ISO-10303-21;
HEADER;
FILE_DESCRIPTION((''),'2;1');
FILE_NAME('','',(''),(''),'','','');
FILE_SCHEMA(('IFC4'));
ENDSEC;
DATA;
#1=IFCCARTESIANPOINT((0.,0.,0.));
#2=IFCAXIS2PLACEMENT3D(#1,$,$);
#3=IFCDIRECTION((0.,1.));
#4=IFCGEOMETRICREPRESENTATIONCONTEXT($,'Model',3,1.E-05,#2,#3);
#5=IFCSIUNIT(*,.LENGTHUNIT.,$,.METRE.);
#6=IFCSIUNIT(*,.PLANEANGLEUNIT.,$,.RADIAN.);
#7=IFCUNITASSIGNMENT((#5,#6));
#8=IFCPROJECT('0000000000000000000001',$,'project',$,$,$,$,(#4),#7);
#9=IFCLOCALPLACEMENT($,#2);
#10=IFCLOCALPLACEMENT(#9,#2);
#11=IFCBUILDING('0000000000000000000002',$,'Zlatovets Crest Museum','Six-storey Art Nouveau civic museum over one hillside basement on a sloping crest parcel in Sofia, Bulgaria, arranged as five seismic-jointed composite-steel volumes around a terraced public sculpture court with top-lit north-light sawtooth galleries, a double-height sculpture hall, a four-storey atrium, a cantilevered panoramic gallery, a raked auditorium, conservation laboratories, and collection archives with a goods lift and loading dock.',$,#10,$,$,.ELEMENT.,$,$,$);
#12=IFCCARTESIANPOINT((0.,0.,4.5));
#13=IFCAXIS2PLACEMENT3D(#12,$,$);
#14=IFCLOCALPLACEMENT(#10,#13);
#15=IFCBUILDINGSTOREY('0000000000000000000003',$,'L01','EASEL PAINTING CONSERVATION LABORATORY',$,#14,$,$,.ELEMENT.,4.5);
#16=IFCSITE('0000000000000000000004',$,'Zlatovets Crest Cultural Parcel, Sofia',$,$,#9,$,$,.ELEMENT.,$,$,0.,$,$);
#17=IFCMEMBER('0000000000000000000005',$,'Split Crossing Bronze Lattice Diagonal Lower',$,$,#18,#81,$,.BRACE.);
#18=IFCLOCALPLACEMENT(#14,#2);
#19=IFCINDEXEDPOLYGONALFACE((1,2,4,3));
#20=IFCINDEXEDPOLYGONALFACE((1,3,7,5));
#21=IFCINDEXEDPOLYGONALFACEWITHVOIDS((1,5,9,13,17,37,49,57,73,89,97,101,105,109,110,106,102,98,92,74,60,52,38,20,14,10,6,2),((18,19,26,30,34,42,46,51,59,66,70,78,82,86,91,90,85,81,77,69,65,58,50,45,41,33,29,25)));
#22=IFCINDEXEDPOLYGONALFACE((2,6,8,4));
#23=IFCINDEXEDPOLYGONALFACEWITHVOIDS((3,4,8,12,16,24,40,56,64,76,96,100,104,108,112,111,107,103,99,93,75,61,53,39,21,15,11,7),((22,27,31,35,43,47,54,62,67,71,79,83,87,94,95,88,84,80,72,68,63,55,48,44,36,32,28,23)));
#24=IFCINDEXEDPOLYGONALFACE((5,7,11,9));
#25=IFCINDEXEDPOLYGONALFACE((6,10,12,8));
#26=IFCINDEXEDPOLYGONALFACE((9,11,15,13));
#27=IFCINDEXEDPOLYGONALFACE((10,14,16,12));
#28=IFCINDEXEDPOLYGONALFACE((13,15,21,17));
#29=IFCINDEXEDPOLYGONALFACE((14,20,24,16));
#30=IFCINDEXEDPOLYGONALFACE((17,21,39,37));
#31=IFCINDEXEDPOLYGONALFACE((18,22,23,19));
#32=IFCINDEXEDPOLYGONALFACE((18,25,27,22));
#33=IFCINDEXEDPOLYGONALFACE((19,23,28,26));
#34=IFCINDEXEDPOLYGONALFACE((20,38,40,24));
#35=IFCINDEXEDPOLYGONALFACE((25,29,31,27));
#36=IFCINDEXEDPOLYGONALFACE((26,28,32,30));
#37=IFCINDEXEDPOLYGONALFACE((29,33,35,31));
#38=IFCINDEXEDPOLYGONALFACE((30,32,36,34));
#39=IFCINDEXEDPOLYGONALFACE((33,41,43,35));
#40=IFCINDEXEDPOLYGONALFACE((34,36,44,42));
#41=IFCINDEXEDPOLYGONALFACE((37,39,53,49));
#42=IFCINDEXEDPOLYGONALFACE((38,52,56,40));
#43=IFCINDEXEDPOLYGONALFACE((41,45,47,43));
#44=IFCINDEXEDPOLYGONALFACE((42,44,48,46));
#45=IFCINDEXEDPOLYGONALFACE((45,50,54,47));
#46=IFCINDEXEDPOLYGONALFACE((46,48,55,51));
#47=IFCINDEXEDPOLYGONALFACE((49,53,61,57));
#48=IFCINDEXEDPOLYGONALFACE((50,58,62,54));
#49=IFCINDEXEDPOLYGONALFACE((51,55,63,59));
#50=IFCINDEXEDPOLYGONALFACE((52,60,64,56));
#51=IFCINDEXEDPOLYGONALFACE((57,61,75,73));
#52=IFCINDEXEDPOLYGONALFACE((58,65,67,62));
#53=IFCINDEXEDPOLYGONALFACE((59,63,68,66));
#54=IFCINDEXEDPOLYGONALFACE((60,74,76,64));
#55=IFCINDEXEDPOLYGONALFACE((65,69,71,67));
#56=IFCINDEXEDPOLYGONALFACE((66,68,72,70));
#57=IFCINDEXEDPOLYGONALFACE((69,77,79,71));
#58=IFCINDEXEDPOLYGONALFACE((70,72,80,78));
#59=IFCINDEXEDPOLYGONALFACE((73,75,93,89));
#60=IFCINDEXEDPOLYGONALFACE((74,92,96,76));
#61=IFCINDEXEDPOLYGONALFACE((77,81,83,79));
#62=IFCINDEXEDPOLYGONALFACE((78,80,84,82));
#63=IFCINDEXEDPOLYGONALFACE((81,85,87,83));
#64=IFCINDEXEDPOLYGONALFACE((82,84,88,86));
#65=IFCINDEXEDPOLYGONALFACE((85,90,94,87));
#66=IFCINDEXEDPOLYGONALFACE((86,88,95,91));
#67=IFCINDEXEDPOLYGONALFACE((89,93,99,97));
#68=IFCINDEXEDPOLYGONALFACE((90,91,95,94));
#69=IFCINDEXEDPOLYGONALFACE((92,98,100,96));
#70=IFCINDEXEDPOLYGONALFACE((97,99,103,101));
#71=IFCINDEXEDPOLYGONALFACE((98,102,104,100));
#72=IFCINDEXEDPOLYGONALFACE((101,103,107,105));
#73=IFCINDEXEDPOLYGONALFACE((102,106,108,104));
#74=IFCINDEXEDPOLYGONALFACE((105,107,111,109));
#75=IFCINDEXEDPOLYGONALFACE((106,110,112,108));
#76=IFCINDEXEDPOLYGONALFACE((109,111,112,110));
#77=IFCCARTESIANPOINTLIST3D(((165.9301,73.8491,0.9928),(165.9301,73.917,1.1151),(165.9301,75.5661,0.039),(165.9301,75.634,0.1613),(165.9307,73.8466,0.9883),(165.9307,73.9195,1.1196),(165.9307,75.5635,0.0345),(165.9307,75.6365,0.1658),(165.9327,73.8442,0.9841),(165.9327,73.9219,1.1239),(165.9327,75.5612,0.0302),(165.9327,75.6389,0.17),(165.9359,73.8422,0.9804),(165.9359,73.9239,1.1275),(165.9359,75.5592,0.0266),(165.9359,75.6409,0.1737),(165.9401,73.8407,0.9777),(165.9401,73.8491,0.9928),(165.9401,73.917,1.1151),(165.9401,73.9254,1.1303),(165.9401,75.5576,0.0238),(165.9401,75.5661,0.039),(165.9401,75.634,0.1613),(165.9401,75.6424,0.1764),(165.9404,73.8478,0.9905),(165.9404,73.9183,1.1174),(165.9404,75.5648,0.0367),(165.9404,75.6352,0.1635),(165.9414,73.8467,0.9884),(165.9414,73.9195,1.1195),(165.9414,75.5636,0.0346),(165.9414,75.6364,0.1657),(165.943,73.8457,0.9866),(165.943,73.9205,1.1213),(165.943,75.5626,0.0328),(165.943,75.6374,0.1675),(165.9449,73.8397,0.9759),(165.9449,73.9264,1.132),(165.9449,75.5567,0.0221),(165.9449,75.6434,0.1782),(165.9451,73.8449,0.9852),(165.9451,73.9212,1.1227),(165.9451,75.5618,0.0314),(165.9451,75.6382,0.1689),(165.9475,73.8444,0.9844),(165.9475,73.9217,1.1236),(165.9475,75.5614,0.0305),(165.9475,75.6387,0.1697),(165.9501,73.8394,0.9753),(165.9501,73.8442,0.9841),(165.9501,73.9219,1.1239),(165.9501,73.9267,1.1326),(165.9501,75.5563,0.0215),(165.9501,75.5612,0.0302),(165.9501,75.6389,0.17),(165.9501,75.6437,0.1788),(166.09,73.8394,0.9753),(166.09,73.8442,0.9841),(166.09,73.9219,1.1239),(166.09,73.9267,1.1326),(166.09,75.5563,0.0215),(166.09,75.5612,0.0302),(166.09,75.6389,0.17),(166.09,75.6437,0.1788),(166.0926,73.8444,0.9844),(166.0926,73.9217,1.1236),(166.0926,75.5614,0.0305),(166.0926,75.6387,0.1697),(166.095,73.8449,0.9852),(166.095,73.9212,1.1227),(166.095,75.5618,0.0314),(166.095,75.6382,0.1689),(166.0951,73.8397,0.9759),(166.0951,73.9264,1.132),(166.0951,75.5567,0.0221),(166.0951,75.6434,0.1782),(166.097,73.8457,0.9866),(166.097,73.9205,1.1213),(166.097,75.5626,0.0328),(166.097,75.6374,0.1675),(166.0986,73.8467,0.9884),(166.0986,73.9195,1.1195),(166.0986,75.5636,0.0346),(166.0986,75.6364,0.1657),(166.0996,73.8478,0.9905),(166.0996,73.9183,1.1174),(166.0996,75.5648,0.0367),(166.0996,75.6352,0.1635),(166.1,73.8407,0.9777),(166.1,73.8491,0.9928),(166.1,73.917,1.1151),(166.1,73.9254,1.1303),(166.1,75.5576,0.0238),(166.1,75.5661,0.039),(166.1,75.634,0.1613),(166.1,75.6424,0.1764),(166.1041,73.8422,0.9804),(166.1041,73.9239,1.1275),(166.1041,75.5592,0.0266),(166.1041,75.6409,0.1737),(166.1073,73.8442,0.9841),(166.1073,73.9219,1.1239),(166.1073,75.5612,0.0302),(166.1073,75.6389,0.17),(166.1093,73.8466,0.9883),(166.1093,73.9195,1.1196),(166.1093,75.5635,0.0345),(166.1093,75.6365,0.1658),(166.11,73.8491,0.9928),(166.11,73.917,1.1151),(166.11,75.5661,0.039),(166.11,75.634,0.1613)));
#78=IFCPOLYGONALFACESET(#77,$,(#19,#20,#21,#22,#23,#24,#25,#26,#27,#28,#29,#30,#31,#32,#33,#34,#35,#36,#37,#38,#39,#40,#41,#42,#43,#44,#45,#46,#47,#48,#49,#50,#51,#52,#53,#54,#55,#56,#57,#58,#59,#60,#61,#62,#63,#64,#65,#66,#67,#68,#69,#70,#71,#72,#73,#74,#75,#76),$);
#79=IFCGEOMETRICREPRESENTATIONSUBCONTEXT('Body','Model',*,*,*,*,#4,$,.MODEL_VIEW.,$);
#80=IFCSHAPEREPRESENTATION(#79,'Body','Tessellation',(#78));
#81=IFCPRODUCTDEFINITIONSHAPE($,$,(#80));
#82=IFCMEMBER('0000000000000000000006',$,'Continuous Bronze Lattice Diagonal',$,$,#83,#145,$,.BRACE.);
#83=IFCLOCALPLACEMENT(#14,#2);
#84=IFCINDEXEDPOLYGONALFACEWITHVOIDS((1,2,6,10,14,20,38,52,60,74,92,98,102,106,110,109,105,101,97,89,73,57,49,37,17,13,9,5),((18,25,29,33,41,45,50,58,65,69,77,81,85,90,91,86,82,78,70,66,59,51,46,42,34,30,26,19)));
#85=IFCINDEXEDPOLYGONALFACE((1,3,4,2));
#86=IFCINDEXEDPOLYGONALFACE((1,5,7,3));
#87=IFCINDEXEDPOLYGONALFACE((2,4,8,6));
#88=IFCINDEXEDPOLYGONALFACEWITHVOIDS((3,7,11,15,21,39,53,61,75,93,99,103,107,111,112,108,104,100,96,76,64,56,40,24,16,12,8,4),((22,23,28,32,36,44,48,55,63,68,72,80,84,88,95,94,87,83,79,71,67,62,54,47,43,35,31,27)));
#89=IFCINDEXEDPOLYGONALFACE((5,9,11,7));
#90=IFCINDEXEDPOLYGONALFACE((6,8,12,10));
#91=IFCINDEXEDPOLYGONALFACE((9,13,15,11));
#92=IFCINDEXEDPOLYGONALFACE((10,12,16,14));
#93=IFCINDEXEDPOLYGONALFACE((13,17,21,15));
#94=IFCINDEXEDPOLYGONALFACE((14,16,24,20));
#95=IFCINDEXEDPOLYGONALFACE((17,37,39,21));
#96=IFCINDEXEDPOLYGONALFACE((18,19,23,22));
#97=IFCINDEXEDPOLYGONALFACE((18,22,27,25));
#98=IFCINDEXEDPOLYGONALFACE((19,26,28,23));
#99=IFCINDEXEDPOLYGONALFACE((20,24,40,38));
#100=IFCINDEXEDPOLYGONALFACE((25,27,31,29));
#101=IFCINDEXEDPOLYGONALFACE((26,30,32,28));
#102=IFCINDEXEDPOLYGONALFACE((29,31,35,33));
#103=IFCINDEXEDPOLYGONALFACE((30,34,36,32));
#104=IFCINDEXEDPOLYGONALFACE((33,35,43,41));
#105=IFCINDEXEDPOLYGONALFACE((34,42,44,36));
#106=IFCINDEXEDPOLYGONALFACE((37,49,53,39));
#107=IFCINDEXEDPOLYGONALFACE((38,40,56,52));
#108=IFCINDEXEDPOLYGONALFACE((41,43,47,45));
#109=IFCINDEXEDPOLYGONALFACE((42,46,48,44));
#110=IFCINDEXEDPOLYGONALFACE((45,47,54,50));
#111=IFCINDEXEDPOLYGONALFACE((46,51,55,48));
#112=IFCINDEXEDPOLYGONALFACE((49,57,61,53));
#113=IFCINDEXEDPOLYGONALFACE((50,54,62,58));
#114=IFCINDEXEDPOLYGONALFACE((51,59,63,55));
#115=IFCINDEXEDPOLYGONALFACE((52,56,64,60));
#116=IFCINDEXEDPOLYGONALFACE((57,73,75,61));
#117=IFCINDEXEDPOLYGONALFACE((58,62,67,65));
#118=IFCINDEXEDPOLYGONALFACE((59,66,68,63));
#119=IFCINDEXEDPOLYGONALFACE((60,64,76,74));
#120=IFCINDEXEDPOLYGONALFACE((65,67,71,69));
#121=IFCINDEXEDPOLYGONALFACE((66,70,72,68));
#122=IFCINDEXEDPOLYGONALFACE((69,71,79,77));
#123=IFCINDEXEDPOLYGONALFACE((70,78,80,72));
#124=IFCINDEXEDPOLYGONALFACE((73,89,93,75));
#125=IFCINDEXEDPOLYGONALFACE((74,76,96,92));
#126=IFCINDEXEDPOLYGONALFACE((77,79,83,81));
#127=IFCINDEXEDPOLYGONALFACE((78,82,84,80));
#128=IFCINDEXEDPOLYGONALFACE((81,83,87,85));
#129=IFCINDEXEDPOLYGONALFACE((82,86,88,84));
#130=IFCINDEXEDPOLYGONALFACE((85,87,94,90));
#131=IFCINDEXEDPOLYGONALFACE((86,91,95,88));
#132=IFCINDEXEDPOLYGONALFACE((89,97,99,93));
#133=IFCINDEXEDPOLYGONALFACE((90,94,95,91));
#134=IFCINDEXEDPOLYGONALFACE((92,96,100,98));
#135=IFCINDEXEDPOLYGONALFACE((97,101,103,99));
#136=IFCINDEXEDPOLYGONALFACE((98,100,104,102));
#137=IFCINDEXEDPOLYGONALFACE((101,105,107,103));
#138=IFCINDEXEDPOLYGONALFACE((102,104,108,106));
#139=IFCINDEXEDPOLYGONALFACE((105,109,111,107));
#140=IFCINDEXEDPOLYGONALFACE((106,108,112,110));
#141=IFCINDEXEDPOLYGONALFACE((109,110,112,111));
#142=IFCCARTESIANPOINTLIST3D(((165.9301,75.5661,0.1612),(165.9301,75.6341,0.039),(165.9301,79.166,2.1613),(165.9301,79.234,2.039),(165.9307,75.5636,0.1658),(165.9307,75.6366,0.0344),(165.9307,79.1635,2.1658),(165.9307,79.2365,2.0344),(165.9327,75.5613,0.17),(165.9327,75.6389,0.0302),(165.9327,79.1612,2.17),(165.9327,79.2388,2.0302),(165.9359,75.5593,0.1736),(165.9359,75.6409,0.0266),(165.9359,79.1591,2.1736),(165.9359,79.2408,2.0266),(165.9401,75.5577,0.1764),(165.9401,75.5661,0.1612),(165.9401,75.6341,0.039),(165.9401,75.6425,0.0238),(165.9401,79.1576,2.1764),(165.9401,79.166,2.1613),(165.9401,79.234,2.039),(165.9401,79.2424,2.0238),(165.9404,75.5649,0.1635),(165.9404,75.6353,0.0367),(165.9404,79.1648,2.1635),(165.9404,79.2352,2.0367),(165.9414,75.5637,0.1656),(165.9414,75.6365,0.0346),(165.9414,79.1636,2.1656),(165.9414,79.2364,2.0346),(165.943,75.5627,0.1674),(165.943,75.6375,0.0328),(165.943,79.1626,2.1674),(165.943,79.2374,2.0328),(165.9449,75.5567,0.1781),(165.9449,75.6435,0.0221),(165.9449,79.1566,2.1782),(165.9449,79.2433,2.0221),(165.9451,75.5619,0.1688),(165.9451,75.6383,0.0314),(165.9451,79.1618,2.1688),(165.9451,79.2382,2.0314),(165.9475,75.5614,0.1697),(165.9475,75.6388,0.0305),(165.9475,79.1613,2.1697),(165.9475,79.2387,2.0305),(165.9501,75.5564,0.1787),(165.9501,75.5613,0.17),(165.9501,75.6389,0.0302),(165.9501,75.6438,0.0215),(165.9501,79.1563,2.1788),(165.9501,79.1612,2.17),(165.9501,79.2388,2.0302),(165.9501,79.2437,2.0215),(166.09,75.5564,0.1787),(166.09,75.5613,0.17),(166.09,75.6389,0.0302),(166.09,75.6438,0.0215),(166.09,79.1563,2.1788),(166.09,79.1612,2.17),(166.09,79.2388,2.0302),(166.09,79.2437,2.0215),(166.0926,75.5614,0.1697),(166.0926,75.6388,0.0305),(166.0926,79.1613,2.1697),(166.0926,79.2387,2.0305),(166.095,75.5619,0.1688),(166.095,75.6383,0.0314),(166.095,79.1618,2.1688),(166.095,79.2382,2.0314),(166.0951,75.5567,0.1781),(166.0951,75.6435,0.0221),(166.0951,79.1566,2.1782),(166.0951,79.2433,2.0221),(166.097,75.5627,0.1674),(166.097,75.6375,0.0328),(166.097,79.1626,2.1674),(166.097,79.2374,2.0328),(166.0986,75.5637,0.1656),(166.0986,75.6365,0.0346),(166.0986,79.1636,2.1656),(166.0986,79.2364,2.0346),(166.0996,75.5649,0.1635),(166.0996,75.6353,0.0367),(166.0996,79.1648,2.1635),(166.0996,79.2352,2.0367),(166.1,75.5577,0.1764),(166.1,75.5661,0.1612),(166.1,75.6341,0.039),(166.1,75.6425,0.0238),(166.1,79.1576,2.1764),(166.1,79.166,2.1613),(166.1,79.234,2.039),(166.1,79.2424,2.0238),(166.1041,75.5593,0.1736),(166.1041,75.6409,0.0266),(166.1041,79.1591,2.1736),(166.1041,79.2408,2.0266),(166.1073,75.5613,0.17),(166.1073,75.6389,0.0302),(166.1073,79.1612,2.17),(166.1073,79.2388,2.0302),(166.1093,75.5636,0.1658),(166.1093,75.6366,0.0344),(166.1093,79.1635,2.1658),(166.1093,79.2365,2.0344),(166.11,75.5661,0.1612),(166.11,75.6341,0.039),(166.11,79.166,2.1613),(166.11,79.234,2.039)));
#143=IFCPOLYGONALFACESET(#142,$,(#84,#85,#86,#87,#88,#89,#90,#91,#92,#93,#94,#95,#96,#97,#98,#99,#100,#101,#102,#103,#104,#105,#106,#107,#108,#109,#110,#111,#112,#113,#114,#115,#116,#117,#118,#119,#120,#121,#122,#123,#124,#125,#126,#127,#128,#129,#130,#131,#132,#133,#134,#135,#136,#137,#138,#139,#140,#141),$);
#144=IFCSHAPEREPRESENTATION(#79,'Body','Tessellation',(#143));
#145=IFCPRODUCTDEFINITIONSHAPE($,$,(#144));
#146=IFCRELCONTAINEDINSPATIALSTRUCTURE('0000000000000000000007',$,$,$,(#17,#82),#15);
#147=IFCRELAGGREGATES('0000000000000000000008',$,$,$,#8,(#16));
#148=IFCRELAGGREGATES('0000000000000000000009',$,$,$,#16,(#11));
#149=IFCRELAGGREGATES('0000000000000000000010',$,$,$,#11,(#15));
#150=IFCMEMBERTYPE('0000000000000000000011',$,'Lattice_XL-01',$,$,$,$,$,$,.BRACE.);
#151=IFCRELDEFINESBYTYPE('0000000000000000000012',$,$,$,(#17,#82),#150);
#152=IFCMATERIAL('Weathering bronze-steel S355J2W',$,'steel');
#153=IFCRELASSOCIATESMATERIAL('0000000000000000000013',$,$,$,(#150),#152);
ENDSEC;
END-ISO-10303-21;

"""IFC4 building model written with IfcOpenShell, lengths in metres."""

from ifc_helpers import new_model, si_unit, direction, frame, origin, origin_2d, place, context, subcontext, project, spatial, hollow_rectangle, extrude, material, material_profile, profile_set, type_object, element, save


model = new_model("IFC4")

# Units and contexts
model_context = context("Model", 3, precision=1e-05, world=origin(), true_north=direction((0.0, 1.0)))
body_context = subcontext(model_context, "Body", "Model", "MODEL_VIEW")
ifc_project = project(units=[si_unit("LENGTHUNIT", "METRE"), si_unit("PLANEANGLEUNIT", "RADIAN")], contexts=[model_context])

# Site, building, storey
site_placement = place(None, origin())
site = spatial("IfcSite", under=ifc_project, at=site_placement, Name="Zlatovets Crest Cultural Parcel, Sofia", CompositionType="ELEMENT", RefElevation=0.0)
building_placement = place(site_placement, origin())
building = spatial("IfcBuilding", under=site, at=building_placement, Name="Zlatovets Crest Museum", Description="Six-storey Art Nouveau civic museum over one hillside basement on a sloping crest parcel in Sofia, Bulgaria, arranged as five seismic-jointed composite-steel volumes around a terraced public sculpture court with top-lit north-light sawtooth galleries, a double-height sculpture hall, a four-storey atrium, a cantilevered panoramic gallery, a raked auditorium, conservation laboratories, and collection archives with a goods lift and loading dock.", CompositionType="ELEMENT")
storey_placement = place(building_placement, frame((0.0, 0.0, 4.5)))
storey = spatial("IfcBuildingStorey", under=building, at=storey_placement, Name="L01", Description="EASEL PAINTING CONSERVATION LABORATORY", CompositionType="ELEMENT", Elevation=4.5)

# Members
ifc_material_1 = material(Name="Weathering bronze-steel S355J2W", Category="steel")
ifc_material_profile_1 = material_profile(ifc_material_1, hollow_rectangle(XDim=0.1799, YDim=0.1799, WallThickness=0.01, InnerFilletRadius=0.01, OuterFilletRadius=0.02, at=origin_2d()), Name="SHS 180x180x10.0")
ifc_profile_set_1 = profile_set([ifc_material_profile_1], Name="Weathering bronze-steel S355J2W")
member_type_1 = type_object("IfcMemberType", Name="Lattice_XL-01", PredefinedType="BRACE", material=ifc_profile_set_1)
member_1_placement = place(storey_placement, frame((166.02, 73.8831, 1.054), z_axis=(0.0, 0.874169, -0.485622), x_axis=(-1.0, 0.0, 0.0)))
element("IfcMember", 1, at=member_1_placement, inside=storey, type_object=member_type_1, Name="Split Crossing Bronze Lattice Diagonal Lower", PredefinedType="BRACE", context=body_context, shape_type="SweptSolid", body=[
    extrude(hollow_rectangle(XDim=0.1799, YDim=0.1799, WallThickness=0.01, InnerFilletRadius=0.01, OuterFilletRadius=0.02, at=origin_2d()), origin(), (0.0, 0.0, 1.0), 1.9641),
])
member_2_placement = place(storey_placement, frame((166.02, 75.6001, 0.1001), z_axis=(0.0, 0.874149, 0.485658), x_axis=(-1.0, 0.0, 0.0)))
element("IfcMember", 2, at=member_2_placement, inside=storey, type_object=member_type_1, Name="Continuous Bronze Lattice Diagonal", PredefinedType="BRACE", context=body_context, shape_type="SweptSolid", body=[
    extrude(hollow_rectangle(XDim=0.1799, YDim=0.1799, WallThickness=0.01, InnerFilletRadius=0.01, OuterFilletRadius=0.02, at=origin_2d()), origin(), (0.0, 0.0, 1.0), 4.1182),
])

save(model, "model.ifc")
